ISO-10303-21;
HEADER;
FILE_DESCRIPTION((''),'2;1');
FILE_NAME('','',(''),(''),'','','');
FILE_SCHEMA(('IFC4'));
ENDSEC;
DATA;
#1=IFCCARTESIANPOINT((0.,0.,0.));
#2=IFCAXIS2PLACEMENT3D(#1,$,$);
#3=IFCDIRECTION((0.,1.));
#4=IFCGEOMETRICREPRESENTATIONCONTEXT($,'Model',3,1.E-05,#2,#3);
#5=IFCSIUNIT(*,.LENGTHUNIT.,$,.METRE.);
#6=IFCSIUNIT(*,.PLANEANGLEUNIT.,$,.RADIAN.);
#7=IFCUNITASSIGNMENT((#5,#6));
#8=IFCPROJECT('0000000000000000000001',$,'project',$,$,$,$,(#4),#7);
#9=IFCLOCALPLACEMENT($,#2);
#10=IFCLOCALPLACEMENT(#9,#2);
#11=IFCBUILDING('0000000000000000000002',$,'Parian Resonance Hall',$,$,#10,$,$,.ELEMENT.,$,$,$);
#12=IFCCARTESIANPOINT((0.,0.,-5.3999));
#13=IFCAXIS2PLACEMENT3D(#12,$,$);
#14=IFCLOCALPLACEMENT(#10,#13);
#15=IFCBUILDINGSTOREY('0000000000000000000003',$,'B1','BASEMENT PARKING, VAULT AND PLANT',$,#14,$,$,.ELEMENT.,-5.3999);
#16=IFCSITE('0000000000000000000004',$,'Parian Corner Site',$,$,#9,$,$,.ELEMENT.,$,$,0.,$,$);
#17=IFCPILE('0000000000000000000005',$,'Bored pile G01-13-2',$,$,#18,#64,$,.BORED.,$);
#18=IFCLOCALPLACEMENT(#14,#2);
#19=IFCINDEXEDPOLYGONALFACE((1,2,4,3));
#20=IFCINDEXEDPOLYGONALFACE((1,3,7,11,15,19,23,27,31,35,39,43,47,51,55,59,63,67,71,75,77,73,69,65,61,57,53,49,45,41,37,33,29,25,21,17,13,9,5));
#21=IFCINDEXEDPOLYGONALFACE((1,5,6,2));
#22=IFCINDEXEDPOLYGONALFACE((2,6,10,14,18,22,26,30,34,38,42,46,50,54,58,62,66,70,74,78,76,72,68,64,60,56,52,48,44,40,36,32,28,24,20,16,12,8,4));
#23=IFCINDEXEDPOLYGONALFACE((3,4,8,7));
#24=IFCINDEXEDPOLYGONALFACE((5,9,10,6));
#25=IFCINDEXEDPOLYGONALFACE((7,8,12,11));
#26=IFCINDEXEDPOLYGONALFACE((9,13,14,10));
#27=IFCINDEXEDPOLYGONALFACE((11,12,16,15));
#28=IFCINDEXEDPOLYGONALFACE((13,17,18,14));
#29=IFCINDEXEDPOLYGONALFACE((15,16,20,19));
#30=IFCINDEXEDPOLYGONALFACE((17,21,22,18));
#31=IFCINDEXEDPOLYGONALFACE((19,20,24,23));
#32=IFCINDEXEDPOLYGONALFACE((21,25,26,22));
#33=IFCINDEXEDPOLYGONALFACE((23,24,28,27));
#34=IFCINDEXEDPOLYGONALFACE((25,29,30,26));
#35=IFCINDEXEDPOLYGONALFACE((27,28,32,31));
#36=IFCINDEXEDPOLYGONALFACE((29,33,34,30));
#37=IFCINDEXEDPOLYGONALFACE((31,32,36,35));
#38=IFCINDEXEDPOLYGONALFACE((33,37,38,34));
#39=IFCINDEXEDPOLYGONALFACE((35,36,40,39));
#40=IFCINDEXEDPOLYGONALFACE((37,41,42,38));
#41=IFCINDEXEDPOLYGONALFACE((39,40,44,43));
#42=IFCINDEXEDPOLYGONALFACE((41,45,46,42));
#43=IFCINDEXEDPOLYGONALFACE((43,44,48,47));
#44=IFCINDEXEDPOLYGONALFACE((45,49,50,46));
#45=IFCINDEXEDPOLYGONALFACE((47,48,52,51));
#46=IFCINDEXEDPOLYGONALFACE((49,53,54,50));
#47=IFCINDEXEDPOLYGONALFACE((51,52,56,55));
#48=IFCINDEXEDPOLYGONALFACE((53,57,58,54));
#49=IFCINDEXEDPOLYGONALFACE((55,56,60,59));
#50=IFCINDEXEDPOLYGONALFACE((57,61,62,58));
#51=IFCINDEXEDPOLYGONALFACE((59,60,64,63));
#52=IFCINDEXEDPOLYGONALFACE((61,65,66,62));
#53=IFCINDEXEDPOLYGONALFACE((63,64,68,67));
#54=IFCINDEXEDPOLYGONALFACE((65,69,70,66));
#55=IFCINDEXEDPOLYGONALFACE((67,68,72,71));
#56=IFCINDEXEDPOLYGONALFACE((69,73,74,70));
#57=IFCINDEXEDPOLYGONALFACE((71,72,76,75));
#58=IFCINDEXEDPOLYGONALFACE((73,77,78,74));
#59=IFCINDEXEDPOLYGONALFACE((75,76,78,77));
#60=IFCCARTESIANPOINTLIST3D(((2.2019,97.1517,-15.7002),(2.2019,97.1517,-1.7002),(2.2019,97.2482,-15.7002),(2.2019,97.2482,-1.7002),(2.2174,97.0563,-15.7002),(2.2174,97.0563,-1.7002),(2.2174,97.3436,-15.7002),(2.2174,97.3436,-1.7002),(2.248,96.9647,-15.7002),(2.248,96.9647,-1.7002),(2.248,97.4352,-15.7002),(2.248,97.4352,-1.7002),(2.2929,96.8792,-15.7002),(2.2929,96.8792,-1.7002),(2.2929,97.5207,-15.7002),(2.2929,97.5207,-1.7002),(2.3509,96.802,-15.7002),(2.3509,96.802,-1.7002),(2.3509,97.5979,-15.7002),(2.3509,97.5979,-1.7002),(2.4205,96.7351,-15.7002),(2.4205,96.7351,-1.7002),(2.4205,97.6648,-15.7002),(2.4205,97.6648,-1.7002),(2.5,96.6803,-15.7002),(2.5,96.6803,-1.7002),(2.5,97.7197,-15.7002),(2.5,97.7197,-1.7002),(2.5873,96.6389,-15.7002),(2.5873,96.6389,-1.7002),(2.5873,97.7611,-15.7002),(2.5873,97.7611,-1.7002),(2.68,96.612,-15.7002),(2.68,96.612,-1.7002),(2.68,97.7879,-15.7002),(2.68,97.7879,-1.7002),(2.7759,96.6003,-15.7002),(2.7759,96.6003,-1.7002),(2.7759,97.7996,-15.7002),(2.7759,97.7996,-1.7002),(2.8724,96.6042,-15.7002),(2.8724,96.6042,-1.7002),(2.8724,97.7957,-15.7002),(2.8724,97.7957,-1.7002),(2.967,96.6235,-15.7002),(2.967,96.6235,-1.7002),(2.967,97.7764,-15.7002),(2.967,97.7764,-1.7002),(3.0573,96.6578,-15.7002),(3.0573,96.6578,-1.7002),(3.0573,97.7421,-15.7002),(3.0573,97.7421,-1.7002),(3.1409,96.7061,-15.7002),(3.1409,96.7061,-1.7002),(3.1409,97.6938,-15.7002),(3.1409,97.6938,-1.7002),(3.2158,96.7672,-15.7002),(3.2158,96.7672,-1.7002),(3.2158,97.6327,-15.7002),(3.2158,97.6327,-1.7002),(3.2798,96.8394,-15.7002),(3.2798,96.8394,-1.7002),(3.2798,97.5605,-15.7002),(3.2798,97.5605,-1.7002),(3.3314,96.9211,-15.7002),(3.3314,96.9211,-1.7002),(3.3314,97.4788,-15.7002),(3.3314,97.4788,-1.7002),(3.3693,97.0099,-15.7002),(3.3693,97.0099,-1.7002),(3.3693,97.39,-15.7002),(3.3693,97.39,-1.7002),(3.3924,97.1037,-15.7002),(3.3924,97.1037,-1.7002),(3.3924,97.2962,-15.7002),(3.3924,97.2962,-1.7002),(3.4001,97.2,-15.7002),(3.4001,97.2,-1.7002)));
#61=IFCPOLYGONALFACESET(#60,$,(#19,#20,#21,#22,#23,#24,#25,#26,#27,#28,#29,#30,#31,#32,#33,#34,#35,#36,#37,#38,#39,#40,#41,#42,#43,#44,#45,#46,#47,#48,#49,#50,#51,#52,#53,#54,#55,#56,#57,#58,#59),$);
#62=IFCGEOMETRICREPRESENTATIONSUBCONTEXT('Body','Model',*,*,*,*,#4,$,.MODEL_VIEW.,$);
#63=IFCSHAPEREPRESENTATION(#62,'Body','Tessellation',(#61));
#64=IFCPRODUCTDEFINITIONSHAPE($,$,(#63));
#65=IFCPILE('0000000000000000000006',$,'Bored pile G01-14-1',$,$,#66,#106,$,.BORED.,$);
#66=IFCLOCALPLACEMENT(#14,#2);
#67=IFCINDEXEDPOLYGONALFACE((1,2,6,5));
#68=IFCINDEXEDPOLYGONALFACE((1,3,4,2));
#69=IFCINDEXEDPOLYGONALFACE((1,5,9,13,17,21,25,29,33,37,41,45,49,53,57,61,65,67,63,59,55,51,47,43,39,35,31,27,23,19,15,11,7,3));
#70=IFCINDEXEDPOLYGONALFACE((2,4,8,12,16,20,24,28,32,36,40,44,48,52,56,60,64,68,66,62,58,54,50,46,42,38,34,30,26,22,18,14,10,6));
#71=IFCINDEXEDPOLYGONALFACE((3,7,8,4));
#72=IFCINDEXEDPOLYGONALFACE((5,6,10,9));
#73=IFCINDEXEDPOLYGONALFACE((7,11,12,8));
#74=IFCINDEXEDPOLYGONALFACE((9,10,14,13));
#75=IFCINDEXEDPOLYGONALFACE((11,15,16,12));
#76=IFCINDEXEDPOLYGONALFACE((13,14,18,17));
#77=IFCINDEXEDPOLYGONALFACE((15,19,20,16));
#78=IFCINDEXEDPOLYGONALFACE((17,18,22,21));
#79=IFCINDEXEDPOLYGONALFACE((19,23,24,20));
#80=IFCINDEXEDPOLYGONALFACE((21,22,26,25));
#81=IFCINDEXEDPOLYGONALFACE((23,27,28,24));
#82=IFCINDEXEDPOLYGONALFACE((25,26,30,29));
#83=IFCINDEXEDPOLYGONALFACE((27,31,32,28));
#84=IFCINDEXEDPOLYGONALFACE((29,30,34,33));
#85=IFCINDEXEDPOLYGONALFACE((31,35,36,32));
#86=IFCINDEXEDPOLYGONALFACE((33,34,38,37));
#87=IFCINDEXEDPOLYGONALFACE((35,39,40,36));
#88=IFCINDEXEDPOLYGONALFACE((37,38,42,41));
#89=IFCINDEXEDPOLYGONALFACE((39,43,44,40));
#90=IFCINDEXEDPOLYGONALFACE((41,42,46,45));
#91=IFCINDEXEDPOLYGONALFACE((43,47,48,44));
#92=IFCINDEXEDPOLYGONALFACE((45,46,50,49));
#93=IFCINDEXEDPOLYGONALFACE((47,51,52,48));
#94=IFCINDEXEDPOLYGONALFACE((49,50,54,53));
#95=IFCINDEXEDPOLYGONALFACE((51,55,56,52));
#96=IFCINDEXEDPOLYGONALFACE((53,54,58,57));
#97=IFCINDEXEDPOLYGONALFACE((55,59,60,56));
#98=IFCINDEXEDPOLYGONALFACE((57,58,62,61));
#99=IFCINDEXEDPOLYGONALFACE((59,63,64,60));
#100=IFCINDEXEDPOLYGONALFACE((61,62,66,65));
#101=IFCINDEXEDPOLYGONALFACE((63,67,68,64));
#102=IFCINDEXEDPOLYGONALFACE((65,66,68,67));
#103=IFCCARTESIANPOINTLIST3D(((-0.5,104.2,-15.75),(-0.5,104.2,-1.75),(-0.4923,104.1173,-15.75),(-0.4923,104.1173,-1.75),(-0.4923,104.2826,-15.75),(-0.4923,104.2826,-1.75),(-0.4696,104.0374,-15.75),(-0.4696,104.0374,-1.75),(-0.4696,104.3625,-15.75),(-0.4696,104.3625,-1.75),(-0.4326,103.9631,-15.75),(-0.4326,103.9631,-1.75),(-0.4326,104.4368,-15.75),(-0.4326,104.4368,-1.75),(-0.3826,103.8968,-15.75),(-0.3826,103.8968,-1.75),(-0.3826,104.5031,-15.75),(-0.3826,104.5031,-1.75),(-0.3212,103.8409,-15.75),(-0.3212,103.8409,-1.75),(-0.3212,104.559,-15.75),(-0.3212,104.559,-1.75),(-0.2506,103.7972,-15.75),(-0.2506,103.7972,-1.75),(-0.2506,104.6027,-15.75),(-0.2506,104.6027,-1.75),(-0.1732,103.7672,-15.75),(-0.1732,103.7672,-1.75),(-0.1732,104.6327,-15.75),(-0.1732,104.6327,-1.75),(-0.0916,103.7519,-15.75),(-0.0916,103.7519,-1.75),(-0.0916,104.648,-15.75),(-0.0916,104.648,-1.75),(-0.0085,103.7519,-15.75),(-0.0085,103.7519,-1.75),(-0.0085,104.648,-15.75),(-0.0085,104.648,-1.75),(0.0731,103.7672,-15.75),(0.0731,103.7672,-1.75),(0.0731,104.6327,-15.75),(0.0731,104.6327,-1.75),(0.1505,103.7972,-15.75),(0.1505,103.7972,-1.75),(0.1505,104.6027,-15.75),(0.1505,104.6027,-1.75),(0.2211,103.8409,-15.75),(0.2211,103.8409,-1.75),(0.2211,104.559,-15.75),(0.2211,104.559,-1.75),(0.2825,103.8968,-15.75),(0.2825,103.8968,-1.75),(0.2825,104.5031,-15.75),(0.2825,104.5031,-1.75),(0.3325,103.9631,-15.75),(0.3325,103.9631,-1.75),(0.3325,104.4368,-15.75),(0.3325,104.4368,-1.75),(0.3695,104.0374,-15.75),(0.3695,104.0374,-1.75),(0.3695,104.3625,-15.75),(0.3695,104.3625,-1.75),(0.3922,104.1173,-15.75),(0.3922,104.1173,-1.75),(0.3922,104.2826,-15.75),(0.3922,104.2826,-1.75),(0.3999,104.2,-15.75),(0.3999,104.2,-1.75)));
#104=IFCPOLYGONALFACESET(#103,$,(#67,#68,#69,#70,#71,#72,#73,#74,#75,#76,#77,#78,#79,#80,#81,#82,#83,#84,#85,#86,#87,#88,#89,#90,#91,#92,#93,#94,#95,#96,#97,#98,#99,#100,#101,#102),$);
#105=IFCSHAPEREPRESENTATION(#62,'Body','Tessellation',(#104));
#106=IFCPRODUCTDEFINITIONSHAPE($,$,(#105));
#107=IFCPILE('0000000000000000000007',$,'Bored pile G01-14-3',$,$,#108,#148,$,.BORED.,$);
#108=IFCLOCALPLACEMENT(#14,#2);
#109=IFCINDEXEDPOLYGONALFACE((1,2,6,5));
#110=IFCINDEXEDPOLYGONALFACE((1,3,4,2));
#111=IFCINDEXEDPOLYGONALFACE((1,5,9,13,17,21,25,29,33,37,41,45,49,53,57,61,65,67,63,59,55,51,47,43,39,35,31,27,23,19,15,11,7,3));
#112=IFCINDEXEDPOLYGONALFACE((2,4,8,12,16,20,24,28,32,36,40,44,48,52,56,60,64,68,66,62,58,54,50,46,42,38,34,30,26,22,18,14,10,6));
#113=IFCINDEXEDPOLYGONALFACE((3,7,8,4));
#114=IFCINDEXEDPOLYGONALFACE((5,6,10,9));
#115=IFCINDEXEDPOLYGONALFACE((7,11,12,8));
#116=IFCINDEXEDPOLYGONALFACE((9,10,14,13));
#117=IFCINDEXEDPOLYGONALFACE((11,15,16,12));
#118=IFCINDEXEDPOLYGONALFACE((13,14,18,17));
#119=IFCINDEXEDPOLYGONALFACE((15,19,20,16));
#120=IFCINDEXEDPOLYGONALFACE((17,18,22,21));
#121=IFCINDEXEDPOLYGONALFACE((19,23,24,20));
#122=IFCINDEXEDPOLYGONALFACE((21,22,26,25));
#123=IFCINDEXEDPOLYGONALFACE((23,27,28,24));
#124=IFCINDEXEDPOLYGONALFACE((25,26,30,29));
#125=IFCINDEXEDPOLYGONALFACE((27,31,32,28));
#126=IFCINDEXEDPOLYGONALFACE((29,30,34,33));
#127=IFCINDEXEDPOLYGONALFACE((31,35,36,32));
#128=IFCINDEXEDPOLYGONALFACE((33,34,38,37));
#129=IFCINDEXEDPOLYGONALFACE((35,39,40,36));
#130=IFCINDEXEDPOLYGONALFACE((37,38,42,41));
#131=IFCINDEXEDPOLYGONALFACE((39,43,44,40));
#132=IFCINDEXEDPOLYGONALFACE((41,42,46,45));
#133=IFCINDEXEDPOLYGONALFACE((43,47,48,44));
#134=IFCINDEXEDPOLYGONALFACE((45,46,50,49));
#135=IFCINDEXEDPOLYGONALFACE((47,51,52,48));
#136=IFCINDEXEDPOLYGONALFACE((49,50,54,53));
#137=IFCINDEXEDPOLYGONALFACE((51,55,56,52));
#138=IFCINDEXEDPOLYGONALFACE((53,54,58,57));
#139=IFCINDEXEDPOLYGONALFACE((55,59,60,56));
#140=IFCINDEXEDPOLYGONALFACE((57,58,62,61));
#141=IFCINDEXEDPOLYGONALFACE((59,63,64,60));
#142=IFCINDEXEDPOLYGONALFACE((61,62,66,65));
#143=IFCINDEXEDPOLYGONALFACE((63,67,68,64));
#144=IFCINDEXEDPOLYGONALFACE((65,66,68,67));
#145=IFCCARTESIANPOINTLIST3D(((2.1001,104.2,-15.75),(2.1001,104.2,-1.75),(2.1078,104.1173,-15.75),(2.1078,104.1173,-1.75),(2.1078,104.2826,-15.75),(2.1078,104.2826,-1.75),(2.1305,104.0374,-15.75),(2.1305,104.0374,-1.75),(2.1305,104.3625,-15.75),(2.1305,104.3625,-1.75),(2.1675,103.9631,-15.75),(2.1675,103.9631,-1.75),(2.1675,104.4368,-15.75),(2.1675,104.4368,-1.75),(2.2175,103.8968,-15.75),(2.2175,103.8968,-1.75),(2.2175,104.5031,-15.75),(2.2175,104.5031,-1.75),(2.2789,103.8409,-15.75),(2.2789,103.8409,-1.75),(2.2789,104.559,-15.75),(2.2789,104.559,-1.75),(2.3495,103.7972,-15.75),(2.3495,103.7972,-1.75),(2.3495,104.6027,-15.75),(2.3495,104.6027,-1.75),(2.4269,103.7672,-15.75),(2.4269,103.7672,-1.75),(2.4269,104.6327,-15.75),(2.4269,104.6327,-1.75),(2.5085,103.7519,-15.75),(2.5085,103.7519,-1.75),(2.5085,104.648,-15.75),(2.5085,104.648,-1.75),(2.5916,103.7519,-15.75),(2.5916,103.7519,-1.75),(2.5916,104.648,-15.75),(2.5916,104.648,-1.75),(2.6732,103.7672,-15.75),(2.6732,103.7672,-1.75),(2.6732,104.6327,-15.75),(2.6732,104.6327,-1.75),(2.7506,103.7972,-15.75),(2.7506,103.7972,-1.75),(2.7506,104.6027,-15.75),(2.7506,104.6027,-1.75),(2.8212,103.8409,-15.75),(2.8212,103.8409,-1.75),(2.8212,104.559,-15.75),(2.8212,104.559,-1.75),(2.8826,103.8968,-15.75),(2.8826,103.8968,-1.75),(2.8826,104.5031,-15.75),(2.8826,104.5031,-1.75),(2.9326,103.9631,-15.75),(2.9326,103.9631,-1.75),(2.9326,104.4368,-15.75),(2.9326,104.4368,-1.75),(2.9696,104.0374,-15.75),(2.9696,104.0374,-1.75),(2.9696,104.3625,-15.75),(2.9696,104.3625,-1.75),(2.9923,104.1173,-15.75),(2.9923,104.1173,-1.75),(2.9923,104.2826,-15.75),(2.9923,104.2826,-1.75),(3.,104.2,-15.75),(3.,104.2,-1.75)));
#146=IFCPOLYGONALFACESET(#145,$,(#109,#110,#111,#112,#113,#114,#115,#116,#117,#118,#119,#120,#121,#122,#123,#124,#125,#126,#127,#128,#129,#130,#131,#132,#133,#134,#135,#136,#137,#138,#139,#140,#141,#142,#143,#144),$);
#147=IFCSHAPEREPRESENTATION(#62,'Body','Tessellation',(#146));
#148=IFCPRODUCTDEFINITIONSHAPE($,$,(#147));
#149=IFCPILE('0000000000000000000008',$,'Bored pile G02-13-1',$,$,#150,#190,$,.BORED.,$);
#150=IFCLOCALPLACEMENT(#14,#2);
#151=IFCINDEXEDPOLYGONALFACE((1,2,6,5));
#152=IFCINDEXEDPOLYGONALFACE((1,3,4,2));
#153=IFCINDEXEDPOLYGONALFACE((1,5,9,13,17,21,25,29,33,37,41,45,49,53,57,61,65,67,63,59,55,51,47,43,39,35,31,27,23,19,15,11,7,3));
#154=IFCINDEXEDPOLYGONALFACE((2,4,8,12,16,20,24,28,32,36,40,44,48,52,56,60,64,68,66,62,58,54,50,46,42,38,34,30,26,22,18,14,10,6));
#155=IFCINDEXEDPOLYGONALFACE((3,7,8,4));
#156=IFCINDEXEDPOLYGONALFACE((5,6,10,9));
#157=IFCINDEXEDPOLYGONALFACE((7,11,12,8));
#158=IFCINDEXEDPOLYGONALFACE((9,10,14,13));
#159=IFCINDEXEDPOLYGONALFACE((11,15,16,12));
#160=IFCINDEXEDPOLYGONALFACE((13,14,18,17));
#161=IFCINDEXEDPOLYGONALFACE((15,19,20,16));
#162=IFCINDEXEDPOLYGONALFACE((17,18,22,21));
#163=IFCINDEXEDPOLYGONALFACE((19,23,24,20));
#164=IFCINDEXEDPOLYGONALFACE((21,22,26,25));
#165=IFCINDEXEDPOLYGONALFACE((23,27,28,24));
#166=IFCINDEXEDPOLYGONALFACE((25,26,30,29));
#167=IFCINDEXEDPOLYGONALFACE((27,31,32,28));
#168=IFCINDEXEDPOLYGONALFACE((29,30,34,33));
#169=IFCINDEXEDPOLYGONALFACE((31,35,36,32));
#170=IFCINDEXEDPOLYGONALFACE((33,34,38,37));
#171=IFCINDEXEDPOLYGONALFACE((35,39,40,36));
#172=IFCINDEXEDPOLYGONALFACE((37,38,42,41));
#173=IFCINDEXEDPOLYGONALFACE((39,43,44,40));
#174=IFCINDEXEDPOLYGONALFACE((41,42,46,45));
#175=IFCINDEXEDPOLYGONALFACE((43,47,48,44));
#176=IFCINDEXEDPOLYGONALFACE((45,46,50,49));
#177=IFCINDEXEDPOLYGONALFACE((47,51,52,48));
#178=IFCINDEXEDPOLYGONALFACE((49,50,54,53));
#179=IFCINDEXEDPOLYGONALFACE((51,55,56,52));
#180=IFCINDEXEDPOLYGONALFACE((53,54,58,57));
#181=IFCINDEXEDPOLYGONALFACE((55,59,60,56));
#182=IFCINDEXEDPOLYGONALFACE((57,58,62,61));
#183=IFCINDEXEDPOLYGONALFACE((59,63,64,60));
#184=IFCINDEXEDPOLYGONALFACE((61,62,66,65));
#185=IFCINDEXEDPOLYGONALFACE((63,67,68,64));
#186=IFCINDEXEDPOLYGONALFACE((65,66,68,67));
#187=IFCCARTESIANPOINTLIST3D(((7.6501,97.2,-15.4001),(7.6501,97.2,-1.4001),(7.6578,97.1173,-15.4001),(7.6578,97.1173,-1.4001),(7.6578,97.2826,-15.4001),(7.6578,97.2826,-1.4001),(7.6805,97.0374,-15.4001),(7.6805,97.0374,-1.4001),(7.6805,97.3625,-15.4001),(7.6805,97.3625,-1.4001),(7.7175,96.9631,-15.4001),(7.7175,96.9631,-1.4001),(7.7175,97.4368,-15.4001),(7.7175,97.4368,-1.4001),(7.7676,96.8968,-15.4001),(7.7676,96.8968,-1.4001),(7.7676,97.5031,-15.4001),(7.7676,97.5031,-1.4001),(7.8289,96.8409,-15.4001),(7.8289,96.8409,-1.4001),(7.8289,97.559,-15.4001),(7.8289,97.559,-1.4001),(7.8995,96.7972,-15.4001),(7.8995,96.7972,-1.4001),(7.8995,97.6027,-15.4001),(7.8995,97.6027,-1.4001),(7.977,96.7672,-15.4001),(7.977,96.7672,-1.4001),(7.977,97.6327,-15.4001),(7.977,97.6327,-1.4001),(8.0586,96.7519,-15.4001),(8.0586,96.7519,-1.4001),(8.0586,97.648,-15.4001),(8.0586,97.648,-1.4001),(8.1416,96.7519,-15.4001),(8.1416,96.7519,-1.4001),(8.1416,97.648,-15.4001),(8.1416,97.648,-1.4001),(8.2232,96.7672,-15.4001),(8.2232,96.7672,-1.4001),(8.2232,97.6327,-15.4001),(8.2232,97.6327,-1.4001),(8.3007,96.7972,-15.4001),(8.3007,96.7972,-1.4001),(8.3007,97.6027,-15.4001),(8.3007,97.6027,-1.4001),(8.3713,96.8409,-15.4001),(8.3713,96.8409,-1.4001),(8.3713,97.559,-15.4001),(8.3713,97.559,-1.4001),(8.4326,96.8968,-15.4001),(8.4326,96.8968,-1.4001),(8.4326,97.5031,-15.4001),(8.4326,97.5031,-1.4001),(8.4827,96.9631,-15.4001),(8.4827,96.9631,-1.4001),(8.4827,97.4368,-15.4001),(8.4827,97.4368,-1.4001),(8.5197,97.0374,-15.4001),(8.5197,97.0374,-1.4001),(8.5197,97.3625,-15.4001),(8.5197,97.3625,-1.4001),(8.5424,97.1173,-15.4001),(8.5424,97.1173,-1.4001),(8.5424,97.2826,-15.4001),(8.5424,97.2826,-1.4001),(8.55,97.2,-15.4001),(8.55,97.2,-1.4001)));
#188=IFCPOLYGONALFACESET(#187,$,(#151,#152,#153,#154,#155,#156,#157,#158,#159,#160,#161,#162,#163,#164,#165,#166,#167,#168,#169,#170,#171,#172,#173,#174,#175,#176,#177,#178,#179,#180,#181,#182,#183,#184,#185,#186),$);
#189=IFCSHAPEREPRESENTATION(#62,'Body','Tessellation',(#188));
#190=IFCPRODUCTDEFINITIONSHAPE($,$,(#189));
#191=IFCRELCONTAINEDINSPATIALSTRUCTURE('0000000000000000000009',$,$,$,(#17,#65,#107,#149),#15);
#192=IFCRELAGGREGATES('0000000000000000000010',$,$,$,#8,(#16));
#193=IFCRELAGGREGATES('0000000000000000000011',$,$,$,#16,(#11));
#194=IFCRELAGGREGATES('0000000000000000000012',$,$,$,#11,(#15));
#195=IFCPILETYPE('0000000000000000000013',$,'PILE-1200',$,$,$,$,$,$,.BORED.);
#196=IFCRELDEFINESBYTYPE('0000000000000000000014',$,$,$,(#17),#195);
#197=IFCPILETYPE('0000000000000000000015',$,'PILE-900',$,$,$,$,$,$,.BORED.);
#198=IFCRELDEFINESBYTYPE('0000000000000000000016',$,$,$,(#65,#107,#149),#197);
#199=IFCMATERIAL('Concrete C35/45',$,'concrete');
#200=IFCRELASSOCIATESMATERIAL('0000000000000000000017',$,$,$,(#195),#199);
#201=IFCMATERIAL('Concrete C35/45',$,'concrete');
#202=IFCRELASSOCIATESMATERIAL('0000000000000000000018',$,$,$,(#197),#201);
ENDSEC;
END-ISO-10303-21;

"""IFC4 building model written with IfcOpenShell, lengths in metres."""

from ifc_helpers import new_model, si_unit, direction, frame, origin, origin_2d, place, context, subcontext, project, spatial, circle, extrude, material, material_profile, profile_set, type_object, element, save


model = new_model("IFC4")

# Units and contexts
model_context = context("Model", 3, precision=1e-05, world=origin(), true_north=direction((0.0, 1.0)))
body_context = subcontext(model_context, "Body", "Model", "MODEL_VIEW")
ifc_project = project(units=[si_unit("LENGTHUNIT", "METRE"), si_unit("PLANEANGLEUNIT", "RADIAN")], contexts=[model_context])

# Site, building, storey
site_placement = place(None, origin())
site = spatial("IfcSite", under=ifc_project, at=site_placement, Name="Parian Corner Site", CompositionType="ELEMENT", RefElevation=0.0)
building_placement = place(site_placement, origin())
building = spatial("IfcBuilding", under=site, at=building_placement, Name="Parian Resonance Hall", CompositionType="ELEMENT")
storey_placement = place(building_placement, frame((0.0, 0.0, -5.3999)))
storey = spatial("IfcBuildingStorey", under=building, at=storey_placement, Name="B1", Description="BASEMENT PARKING, VAULT AND PLANT", CompositionType="ELEMENT", Elevation=-5.3999)

# Piles
ifc_material_1 = material(Name="Concrete C35/45", Category="concrete")
ifc_material_profile_1 = material_profile(ifc_material_1, circle(Radius=0.6001, at=origin_2d()), Name="PILE-D1200")
ifc_profile_set_1 = profile_set([ifc_material_profile_1], Name="Concrete C35/45")
pile_type_1 = type_object("IfcPileType", Name="PILE-1200", PredefinedType="BORED", material=ifc_profile_set_1)
for number, where, z_axis, x_axis, name in (
    (1, (2.8, 97.2, -1.7002), (0.0, 0.0, -1.0), (1.0, 0.0, 0.0), "Bored pile G01-13-2"),
):
    element("IfcPile", number, at=place(storey_placement, frame(where, z_axis=z_axis, x_axis=x_axis)), inside=storey, type_object=pile_type_1, Name=name, PredefinedType="BORED", context=body_context, shape_type="SweptSolid", body=[
        extrude(circle(Radius=0.6001, at=origin_2d()), origin(), (0.0, 0.0, 1.0), 14.0),
    ])
ifc_material_2 = material(Name="Concrete C35/45", Category="concrete")
ifc_material_profile_2 = material_profile(ifc_material_2, circle(Radius=0.45, at=origin_2d()), Name="PILE-D900")
ifc_profile_set_2 = profile_set([ifc_material_profile_2], Name="Concrete C35/45")
pile_type_2 = type_object("IfcPileType", Name="PILE-900", PredefinedType="BORED", material=ifc_profile_set_2)
for number, where, z_axis, x_axis, name in (
    (2, (-0.05, 104.2, -1.75), (0.0, 0.0, -1.0), (1.0, 0.0, 0.0), "Bored pile G01-14-1"),
    (3, (2.55, 104.2, -1.75), (0.0, 0.0, -1.0), (1.0, 0.0, 0.0), "Bored pile G01-14-3"),
    (4, (8.1001, 97.2, -1.4001), (0.0, 0.0, -1.0), (1.0, 0.0, 0.0), "Bored pile G02-13-1"),
):
    element("IfcPile", number, at=place(storey_placement, frame(where, z_axis=z_axis, x_axis=x_axis)), inside=storey, type_object=pile_type_2, Name=name, PredefinedType="BORED", context=body_context, shape_type="SweptSolid", body=[
        extrude(circle(Radius=0.45, at=origin_2d()), origin(), (0.0, 0.0, 1.0), 14.0),
    ])

save(model, "model.ifc")
